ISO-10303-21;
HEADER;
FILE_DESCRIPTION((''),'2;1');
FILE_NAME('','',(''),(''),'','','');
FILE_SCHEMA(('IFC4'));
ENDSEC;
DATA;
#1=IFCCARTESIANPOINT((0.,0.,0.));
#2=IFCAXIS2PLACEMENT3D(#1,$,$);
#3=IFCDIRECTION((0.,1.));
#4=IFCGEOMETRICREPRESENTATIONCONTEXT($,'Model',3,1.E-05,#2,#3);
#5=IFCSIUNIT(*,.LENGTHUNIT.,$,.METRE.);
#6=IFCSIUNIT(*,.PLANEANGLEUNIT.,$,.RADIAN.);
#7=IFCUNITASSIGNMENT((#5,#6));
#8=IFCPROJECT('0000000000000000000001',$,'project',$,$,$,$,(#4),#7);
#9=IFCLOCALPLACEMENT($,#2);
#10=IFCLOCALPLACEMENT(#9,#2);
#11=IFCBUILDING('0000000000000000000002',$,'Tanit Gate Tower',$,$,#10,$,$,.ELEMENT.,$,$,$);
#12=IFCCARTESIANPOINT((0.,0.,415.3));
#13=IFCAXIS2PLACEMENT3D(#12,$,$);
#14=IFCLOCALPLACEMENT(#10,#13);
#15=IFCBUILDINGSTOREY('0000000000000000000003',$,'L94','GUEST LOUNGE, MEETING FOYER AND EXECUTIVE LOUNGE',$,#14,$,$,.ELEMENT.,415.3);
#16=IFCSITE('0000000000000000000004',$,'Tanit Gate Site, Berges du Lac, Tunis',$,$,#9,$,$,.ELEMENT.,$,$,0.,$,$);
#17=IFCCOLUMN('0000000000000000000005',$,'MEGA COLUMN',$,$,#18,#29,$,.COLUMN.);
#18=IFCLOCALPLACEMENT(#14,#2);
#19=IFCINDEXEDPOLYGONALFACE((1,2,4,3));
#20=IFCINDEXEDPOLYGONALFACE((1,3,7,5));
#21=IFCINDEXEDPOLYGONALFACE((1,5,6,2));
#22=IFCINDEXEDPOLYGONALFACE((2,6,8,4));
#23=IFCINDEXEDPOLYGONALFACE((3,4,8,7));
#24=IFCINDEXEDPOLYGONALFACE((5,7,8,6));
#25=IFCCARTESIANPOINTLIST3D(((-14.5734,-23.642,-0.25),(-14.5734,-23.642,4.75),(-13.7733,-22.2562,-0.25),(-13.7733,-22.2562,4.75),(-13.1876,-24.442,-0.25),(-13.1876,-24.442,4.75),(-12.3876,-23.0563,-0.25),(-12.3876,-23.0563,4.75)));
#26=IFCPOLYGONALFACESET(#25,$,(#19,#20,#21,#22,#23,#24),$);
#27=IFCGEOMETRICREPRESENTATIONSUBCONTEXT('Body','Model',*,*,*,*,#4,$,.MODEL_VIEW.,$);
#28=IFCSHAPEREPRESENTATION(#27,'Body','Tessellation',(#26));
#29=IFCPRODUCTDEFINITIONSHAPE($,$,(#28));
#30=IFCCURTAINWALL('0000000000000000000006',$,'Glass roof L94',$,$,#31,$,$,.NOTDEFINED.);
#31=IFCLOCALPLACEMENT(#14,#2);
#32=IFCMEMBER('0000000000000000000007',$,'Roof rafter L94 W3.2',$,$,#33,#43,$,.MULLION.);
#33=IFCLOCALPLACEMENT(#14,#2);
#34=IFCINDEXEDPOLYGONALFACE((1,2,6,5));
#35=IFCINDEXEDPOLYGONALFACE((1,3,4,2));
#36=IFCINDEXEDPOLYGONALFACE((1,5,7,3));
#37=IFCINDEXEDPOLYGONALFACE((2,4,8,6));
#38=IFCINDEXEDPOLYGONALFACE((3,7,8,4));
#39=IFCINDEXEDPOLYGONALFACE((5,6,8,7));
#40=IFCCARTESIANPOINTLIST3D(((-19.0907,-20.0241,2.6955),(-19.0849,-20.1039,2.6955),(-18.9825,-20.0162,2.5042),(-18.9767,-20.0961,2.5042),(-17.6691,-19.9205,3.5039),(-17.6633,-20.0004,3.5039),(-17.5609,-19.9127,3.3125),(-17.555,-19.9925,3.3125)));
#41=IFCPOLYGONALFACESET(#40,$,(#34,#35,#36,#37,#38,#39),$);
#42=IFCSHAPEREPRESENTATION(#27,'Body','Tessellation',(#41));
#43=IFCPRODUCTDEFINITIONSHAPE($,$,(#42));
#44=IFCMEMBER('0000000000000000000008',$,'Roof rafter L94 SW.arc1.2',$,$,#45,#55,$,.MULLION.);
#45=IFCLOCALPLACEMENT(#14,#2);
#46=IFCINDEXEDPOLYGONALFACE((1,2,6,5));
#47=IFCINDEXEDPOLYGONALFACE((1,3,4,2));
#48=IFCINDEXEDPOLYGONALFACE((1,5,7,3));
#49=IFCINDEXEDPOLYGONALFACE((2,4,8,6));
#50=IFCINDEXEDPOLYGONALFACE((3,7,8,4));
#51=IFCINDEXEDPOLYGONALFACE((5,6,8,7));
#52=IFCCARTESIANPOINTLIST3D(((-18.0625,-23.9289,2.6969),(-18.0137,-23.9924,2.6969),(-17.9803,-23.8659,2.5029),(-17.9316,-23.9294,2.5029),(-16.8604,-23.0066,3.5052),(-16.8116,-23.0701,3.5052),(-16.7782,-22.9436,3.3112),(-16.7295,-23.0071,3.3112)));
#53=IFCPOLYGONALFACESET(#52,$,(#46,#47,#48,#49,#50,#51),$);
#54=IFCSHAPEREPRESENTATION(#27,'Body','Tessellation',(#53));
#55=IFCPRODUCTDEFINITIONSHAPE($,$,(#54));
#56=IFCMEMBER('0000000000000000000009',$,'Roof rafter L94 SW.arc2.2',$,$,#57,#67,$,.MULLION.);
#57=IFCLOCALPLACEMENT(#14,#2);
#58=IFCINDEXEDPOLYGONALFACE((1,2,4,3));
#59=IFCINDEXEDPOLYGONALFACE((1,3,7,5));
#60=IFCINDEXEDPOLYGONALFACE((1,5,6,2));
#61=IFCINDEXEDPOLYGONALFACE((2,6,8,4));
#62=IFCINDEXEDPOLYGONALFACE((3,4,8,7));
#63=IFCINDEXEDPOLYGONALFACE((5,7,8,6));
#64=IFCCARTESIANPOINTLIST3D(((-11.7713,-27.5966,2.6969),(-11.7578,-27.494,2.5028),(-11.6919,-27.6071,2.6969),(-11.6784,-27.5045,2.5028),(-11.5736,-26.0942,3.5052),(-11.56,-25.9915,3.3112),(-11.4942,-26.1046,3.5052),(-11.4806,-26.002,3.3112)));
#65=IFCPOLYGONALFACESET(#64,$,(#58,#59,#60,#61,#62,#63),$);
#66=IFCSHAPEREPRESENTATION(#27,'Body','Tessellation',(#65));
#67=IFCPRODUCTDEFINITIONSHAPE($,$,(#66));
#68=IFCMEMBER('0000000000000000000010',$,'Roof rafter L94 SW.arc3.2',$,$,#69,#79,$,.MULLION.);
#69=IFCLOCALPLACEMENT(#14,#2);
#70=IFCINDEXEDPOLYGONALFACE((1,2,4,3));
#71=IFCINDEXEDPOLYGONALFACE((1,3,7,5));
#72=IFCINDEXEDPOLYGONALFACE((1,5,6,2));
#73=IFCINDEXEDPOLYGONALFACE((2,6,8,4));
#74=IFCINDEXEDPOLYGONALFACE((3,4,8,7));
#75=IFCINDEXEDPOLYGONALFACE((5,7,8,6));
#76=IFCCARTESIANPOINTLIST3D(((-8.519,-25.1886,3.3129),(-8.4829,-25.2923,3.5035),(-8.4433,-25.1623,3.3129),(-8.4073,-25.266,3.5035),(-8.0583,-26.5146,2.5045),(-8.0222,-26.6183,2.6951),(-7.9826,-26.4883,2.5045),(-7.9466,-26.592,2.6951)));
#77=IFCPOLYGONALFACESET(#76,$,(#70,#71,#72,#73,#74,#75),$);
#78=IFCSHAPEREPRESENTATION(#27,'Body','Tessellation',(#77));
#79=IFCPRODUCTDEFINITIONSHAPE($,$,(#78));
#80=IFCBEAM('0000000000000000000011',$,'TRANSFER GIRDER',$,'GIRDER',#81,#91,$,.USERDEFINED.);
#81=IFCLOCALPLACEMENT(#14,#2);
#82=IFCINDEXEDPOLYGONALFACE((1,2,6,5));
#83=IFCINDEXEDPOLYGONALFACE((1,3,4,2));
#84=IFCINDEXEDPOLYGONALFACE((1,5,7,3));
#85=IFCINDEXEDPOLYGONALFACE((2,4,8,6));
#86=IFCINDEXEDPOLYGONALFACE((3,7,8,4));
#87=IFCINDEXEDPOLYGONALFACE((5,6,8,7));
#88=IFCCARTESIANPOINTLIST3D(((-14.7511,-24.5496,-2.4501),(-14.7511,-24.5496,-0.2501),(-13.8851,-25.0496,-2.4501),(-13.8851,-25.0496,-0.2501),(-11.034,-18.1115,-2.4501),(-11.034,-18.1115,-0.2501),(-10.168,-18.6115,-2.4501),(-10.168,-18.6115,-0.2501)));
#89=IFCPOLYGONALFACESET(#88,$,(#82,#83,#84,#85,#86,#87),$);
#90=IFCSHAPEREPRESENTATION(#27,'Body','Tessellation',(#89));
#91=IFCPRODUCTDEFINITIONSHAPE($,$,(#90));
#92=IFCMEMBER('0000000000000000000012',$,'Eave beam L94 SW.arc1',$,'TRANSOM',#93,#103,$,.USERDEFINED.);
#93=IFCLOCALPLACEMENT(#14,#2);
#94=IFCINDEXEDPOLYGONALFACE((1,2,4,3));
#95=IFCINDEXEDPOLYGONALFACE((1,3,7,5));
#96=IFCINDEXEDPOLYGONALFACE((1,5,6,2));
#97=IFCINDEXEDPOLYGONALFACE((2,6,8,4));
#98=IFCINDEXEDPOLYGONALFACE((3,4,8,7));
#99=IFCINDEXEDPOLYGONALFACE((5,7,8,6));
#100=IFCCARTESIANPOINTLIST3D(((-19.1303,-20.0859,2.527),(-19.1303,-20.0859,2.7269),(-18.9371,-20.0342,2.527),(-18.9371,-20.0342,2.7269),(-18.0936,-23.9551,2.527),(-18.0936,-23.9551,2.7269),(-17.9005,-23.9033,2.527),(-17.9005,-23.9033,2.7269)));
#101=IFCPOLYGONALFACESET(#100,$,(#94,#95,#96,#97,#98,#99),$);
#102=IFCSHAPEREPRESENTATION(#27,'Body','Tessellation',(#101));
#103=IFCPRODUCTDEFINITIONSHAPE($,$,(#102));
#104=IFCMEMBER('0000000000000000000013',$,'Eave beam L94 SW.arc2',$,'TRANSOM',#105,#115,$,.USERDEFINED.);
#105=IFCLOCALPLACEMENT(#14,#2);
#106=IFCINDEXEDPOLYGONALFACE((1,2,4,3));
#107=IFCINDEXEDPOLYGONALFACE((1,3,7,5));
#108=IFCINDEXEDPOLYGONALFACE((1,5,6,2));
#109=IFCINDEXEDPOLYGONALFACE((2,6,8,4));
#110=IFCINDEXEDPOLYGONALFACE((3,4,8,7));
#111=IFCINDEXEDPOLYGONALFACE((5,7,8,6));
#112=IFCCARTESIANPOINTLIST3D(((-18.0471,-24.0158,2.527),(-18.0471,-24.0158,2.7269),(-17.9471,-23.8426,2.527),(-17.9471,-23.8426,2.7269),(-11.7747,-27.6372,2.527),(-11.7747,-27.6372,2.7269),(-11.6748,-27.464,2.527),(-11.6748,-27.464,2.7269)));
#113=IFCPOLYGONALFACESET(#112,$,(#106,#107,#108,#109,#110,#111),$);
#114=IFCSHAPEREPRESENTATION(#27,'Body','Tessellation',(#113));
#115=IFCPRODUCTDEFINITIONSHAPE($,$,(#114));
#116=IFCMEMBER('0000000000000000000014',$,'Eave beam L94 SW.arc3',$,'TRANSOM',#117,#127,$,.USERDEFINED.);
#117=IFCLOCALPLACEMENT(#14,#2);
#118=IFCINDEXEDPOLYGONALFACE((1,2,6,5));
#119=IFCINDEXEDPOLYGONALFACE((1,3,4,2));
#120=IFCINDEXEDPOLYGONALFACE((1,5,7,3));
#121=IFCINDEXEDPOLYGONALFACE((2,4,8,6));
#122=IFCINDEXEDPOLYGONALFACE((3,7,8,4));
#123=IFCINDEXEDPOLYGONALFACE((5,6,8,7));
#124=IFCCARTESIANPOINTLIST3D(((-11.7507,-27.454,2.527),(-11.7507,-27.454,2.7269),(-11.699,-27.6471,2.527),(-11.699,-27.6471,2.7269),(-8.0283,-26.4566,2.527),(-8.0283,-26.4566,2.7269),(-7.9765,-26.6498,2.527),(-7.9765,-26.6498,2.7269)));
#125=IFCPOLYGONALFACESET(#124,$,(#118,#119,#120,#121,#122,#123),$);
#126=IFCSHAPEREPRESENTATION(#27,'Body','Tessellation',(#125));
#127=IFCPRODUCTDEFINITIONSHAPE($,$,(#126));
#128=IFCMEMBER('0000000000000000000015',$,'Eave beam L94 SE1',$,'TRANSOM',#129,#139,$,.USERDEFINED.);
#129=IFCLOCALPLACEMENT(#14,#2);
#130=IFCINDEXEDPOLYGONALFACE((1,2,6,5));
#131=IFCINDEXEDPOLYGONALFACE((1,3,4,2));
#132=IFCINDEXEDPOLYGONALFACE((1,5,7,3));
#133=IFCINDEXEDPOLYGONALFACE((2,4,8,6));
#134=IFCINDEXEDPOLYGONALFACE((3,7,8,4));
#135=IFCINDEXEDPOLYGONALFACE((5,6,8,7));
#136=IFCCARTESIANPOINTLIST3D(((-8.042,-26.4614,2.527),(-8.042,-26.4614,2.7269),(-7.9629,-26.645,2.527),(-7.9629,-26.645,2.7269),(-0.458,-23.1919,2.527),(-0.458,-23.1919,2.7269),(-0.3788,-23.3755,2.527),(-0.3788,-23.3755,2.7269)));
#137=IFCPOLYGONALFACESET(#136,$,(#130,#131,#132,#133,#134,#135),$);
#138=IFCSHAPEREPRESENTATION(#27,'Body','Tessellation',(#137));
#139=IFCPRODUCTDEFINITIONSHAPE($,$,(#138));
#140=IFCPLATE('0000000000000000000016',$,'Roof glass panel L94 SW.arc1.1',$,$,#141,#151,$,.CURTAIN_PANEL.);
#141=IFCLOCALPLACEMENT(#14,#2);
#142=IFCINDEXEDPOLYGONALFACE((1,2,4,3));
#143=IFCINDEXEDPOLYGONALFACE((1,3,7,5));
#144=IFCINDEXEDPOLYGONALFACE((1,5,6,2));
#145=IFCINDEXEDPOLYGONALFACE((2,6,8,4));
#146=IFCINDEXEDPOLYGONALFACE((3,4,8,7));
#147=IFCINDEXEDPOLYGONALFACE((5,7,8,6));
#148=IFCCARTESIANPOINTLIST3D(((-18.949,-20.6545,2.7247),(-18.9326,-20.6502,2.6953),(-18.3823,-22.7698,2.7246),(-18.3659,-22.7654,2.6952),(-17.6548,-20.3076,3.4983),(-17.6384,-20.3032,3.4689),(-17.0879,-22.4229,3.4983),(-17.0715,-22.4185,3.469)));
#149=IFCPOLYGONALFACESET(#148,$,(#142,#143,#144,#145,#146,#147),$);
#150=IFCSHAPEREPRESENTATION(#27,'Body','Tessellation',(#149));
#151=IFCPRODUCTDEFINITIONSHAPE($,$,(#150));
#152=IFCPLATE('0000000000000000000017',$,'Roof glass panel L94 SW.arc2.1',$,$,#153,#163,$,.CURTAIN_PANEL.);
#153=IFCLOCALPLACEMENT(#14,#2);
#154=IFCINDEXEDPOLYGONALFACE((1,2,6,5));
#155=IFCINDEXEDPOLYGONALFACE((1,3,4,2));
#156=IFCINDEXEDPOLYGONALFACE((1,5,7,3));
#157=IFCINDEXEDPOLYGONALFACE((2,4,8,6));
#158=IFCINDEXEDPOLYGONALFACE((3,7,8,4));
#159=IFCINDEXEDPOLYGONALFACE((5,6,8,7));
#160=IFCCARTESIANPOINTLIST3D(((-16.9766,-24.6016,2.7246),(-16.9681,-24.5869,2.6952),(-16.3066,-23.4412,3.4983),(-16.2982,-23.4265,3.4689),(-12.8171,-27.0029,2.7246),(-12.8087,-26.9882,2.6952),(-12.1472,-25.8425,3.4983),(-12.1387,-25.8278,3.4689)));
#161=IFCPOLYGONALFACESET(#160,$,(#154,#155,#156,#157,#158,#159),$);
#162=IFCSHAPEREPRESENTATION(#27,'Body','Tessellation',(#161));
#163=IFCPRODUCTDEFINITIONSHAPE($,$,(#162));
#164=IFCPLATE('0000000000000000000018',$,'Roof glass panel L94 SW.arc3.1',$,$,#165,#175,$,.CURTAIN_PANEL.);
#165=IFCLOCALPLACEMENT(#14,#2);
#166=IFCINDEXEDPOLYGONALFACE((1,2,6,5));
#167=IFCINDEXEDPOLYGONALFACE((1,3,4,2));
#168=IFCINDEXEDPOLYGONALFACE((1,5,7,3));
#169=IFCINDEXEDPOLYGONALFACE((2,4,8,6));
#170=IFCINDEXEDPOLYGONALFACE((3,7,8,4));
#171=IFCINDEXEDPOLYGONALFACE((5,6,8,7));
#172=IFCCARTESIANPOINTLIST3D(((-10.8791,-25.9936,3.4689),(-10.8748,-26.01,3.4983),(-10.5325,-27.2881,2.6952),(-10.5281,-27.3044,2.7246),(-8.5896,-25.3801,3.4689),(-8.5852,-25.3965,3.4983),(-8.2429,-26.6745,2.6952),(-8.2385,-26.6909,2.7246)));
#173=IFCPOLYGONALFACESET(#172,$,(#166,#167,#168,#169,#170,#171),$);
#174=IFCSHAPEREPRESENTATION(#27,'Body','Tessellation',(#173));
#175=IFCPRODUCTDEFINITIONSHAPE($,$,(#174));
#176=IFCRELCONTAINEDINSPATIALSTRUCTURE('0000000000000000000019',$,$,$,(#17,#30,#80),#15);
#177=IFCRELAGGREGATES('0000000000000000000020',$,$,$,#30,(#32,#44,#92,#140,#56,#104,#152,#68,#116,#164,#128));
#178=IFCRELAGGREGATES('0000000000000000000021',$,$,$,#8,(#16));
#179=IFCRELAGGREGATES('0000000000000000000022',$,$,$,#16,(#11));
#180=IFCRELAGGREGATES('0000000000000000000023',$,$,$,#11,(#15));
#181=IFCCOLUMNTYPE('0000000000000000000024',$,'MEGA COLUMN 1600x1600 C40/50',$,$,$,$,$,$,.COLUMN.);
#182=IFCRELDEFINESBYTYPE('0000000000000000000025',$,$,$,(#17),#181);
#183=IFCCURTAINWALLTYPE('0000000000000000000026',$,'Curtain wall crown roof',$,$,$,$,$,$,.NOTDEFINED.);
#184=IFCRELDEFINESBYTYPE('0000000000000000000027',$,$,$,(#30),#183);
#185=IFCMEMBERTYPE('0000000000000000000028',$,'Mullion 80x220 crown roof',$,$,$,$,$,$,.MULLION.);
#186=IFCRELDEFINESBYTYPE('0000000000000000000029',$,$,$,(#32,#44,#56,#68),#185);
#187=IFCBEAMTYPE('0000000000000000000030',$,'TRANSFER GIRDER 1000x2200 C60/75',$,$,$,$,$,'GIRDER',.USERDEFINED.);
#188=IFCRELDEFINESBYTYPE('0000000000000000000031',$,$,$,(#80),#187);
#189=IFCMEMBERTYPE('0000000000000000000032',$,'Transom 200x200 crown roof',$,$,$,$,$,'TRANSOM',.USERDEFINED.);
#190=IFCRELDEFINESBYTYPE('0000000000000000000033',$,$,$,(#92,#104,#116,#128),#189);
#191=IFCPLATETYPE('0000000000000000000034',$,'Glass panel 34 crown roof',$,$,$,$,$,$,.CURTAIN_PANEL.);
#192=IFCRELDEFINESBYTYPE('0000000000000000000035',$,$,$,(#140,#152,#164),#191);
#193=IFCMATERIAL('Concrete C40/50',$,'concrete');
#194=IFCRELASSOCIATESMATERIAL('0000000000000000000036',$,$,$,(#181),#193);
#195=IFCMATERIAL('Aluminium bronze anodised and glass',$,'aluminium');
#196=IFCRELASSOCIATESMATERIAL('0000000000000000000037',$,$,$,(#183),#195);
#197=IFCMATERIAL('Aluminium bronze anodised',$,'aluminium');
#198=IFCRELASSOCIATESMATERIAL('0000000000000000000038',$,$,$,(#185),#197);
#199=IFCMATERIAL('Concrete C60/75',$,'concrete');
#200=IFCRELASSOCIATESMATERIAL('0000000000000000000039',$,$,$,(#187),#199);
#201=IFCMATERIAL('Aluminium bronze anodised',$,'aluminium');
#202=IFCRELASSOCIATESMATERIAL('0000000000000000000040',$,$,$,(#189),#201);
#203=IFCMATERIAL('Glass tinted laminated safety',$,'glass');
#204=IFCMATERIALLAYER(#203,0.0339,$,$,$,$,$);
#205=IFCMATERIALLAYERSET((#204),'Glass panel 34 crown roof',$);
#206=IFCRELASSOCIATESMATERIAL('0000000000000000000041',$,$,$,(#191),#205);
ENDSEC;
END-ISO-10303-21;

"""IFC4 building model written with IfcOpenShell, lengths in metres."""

from ifc_helpers import new_model, si_unit, direction, frame, origin, origin_2d, place, context, subcontext, project, spatial, polyline, rectangle, outline, extrude, material, layer, layer_set, material_profile, profile_set, type_object, element, aggregate, save


model = new_model("IFC4")

# Units and contexts
model_context = context("Model", 3, precision=1e-05, world=origin(), true_north=direction((0.0, 1.0)))
body_context = subcontext(model_context, "Body", "Model", "MODEL_VIEW")
ifc_project = project(units=[si_unit("LENGTHUNIT", "METRE"), si_unit("PLANEANGLEUNIT", "RADIAN")], contexts=[model_context])

# Site, building, storey
site_placement = place(None, origin())
site = spatial("IfcSite", under=ifc_project, at=site_placement, Name="Tanit Gate Site, Berges du Lac, Tunis", CompositionType="ELEMENT", RefElevation=0.0)
building_placement = place(site_placement, origin())
building = spatial("IfcBuilding", under=site, at=building_placement, Name="Tanit Gate Tower", CompositionType="ELEMENT")
storey_placement = place(building_placement, frame((0.0, 0.0, 415.3)))
storey = spatial("IfcBuildingStorey", under=building, at=storey_placement, Name="L94", Description="GUEST LOUNGE, MEETING FOYER AND EXECUTIVE LOUNGE", CompositionType="ELEMENT", Elevation=415.3)

# Column
ifc_material_1 = material(Name="Concrete C40/50", Category="concrete")
ifc_material_profile_1 = material_profile(ifc_material_1, rectangle(XDim=1.6001, YDim=1.6001, at=origin_2d()), Name="RC 1600x1600")
ifc_profile_set_1 = profile_set([ifc_material_profile_1], Name="Concrete C40/50")
column_type = type_object("IfcColumnType", Name="MEGA COLUMN 1600x1600 C40/50", PredefinedType="COLUMN", material=ifc_profile_set_1)
column_placement = place(storey_placement, frame((-13.4805, -23.3491, -0.25), z_axis=(0.0, 0.0, 1.0), x_axis=(-0.5, -0.866025, 0.0)))
element("IfcColumn", 1, at=column_placement, inside=storey, type_object=column_type, Name="MEGA COLUMN", PredefinedType="COLUMN", context=body_context, shape_type="SweptSolid", body=[
    extrude(rectangle(XDim=1.6001, YDim=1.6001, at=origin_2d()), origin(), (0.0, 0.0, 1.0), 5.0),
])

# Curtain wall, members
ifc_material_2 = material(Name="Aluminium bronze anodised and glass", Category="aluminium")
curtain_wall_type = type_object("IfcCurtainWallType", Name="Curtain wall crown roof", PredefinedType="NOTDEFINED", material=ifc_material_2)
curtain_wall_placement = place(storey_placement, origin())
curtain_wall = element("IfcCurtainWall", 2, at=curtain_wall_placement, inside=storey, type_object=curtain_wall_type, Name="Glass roof L94", PredefinedType="NOTDEFINED")
ifc_material_3 = material(Name="Aluminium bronze anodised", Category="aluminium")
ifc_material_profile_2 = material_profile(ifc_material_3, rectangle(XDim=0.0801, YDim=0.22, at=origin_2d()), Name="80x220 bronze rafter")
ifc_profile_set_2 = profile_set([ifc_material_profile_2], Name="Aluminium bronze anodised")
member_type_1 = type_object("IfcMemberType", Name="Mullion 80x220 crown roof", PredefinedType="MULLION", material=ifc_profile_set_2)
member_1_placement = place(storey_placement, frame((-17.6121, -19.9565, 3.4082), z_axis=(-0.867561, -0.063171, -0.493302), x_axis=(0.072622, -0.99736, 0.0)))
member_1 = element("IfcMember", 3, at=member_1_placement, type_object=member_type_1, Name="Roof rafter L94 W3.2", PredefinedType="MULLION", context=body_context, shape_type="SweptSolid", body=[
    extrude(rectangle(XDim=0.0801, YDim=0.22, at=origin_2d()), origin(), (0.0, 0.0, 1.0), 1.6387),
])
member_2_placement = place(storey_placement, frame((-16.7949, -23.0068, 3.4082), z_axis=(-0.699996, -0.53708, -0.470692), x_axis=(0.608729, -0.793378, 0.0)))
member_2 = element("IfcMember", 4, at=member_2_placement, type_object=member_type_1, Name="Roof rafter L94 SW.arc1.2", PredefinedType="MULLION", context=body_context, shape_type="SweptSolid", body=[
    extrude(rectangle(XDim=0.0801, YDim=0.22, at=origin_2d()), origin(), (0.0, 0.0, 1.0), 1.7173),
])
member_3_placement = place(storey_placement, frame((-11.5271, -26.0481, 3.4082), z_axis=(-0.115139, -0.874775, -0.47065), x_axis=(0.991449, -0.130496, 0.0)))
member_3 = element("IfcMember", 5, at=member_3_placement, type_object=member_type_1, Name="Roof rafter L94 SW.arc2.2", PredefinedType="MULLION", context=body_context, shape_type="SweptSolid", body=[
    extrude(rectangle(XDim=0.0801, YDim=0.22, at=origin_2d()), origin(), (0.0, 0.0, 1.0), 1.7175),
])
member_4_placement = place(storey_placement, frame((-8.4631, -25.2273, 3.4082), z_axis=(0.284414, -0.818575, -0.499043), x_axis=(0.944607, 0.328204, 0.0)))
member_4 = element("IfcMember", 6, at=member_4_placement, type_object=member_type_1, Name="Roof rafter L94 SW.arc3.2", PredefinedType="MULLION", context=body_context, shape_type="SweptSolid", body=[
    extrude(rectangle(XDim=0.0801, YDim=0.22, at=origin_2d()), origin(), (0.0, 0.0, 1.0), 1.6199),
])

# Beam
ifc_material_4 = material(Name="Concrete C60/75", Category="concrete")
ifc_material_profile_3 = material_profile(ifc_material_4, rectangle(XDim=1.0, YDim=2.2, at=origin_2d()), Name="RC 1000x2200")
ifc_profile_set_3 = profile_set([ifc_material_profile_3], Name="Concrete C60/75")
beam_type = type_object("IfcBeamType", Name="TRANSFER GIRDER 1000x2200 C60/75", ElementType="GIRDER", PredefinedType="USERDEFINED", material=ifc_profile_set_3)
beam_placement = place(storey_placement, frame((-14.3181, -24.7996, -1.3501), z_axis=(0.500007, 0.866022, 0.0), x_axis=(-0.866022, 0.500007, 0.0)))
element("IfcBeam", 7, at=beam_placement, inside=storey, type_object=beam_type, Name="TRANSFER GIRDER", ObjectType="GIRDER", PredefinedType="USERDEFINED", context=body_context, shape_type="SweptSolid", body=[
    extrude(rectangle(XDim=1.0, YDim=2.2, at=origin_2d()), origin(), (0.0, 0.0, 1.0), 7.4341),
])

# Members
ifc_material_5 = material(Name="Aluminium bronze anodised", Category="aluminium")
ifc_material_profile_4 = material_profile(ifc_material_5, rectangle(XDim=0.2, YDim=0.2, at=origin_2d()), Name="200x200 bronze transom")
ifc_profile_set_4 = profile_set([ifc_material_profile_4], Name="Aluminium bronze anodised")
member_type_2 = type_object("IfcMemberType", Name="Transom 200x200 crown roof", ElementType="TRANSOM", PredefinedType="USERDEFINED", material=ifc_profile_set_4)
member_5_placement = place(storey_placement, frame((-19.0337, -20.0601, 2.627), z_axis=(0.258793, -0.965933, 0.0), x_axis=(0.965933, 0.258793, 0.0)))
member_5 = element("IfcMember", 8, at=member_5_placement, type_object=member_type_2, Name="Eave beam L94 SW.arc1", ObjectType="TRANSOM", PredefinedType="USERDEFINED", context=body_context, shape_type="SweptSolid", body=[
    extrude(rectangle(XDim=0.2, YDim=0.2, at=origin_2d()), origin(), (0.0, 0.0, 1.0), 4.0056),
])
member_6_placement = place(storey_placement, frame((-17.9971, -23.9292, 2.627), z_axis=(0.866021, -0.500007, 0.0), x_axis=(0.500007, 0.866021, 0.0)))
member_6 = element("IfcMember", 9, at=member_6_placement, type_object=member_type_2, Name="Eave beam L94 SW.arc2", ObjectType="TRANSOM", PredefinedType="USERDEFINED", context=body_context, shape_type="SweptSolid", body=[
    extrude(rectangle(XDim=0.2, YDim=0.2, at=origin_2d()), origin(), (0.0, 0.0, 1.0), 7.2427),
])
member_7_placement = place(storey_placement, frame((-11.7249, -27.5505, 2.627), z_axis=(0.965932, 0.258794, 0.0), x_axis=(-0.258794, 0.965932, 0.0)))
member_7 = element("IfcMember", 10, at=member_7_placement, type_object=member_type_2, Name="Eave beam L94 SW.arc3", ObjectType="TRANSOM", PredefinedType="USERDEFINED", context=body_context, shape_type="SweptSolid", body=[
    extrude(rectangle(XDim=0.2, YDim=0.2, at=origin_2d()), origin(), (0.0, 0.0, 1.0), 3.8538),
])
member_8_placement = place(storey_placement, frame((-8.0024, -26.5532, 2.627), z_axis=(0.918299, 0.395888, 0.0), x_axis=(-0.395888, 0.918299, 0.0)))
member_8 = element("IfcMember", 11, at=member_8_placement, type_object=member_type_2, Name="Eave beam L94 SE1", ObjectType="TRANSOM", PredefinedType="USERDEFINED", context=body_context, shape_type="SweptSolid", body=[
    extrude(rectangle(XDim=0.2, YDim=0.2, at=origin_2d()), origin(), (0.0, 0.0, 1.0), 8.2588),
])

# Plates
ifc_material_6 = material(Name="Glass tinted laminated safety", Category="glass")
ifc_layer_1 = layer(ifc_material_6, 0.0339)
ifc_layer_set_1 = layer_set([ifc_layer_1], Name="Glass panel 34 crown roof")
plate_type = type_object("IfcPlateType", Name="Glass panel 34 crown roof", PredefinedType="CURTAIN_PANEL", material=ifc_layer_set_1)
plate_1_placement = place(storey_placement, frame((-17.6548, -20.3076, 3.4983), z_axis=(-0.482978, -0.129413, 0.866016), x_axis=(0.258857, -0.965916, 0.000023)))
plate_1 = element("IfcPlate", 12, at=plate_1_placement, type_object=plate_type, Name="Roof glass panel L94 SW.arc1.1", PredefinedType="CURTAIN_PANEL", context=body_context, shape_type="SweptSolid", body=[
    extrude(outline(polyline([(0.0, 0.0), (2.1899, 0.0), (2.1899, -1.5474), (0.0001, -1.5472), (0.0, 0.0)])), origin(), (0.0, 0.0, -1.0), 0.0339),
])
plate_2_placement = place(storey_placement, frame((-16.3066, -23.4412, 3.4983), z_axis=(-0.250016, -0.433055, 0.866), x_axis=(0.866032, -0.499988, 0.0)))
plate_2 = element("IfcPlate", 13, at=plate_2_placement, type_object=plate_type, Name="Roof glass panel L94 SW.arc2.1", PredefinedType="CURTAIN_PANEL", context=body_context, shape_type="SweptSolid", body=[
    extrude(outline(polyline([(0.0, 0.0), (4.8029, 0.0), (4.8029, -1.5472), (0.0, -1.5472), (0.0, 0.0)])), origin(), (0.0, 0.0, -1.0), 0.0339),
])
plate_3_placement = place(storey_placement, frame((-10.8748, -26.01, 3.4983), z_axis=(0.129418, -0.482961, 0.866025), x_axis=(0.965921, 0.258836, 0.0)))
plate_3 = element("IfcPlate", 14, at=plate_3_placement, type_object=plate_type, Name="Roof glass panel L94 SW.arc3.1", PredefinedType="CURTAIN_PANEL", context=body_context, shape_type="SweptSolid", body=[
    extrude(outline(polyline([(0.0, 0.0), (2.3703, 0.0), (2.3701, -1.5474), (-0.0002, -1.5474), (0.0, 0.0)])), origin(), (0.0, 0.0, -1.0), 0.0339),
])
aggregate(curtain_wall, [member_1, member_2, member_5, plate_1, member_3, member_6, plate_2, member_4, member_7, plate_3, member_8])

save(model, "model.ifc")
